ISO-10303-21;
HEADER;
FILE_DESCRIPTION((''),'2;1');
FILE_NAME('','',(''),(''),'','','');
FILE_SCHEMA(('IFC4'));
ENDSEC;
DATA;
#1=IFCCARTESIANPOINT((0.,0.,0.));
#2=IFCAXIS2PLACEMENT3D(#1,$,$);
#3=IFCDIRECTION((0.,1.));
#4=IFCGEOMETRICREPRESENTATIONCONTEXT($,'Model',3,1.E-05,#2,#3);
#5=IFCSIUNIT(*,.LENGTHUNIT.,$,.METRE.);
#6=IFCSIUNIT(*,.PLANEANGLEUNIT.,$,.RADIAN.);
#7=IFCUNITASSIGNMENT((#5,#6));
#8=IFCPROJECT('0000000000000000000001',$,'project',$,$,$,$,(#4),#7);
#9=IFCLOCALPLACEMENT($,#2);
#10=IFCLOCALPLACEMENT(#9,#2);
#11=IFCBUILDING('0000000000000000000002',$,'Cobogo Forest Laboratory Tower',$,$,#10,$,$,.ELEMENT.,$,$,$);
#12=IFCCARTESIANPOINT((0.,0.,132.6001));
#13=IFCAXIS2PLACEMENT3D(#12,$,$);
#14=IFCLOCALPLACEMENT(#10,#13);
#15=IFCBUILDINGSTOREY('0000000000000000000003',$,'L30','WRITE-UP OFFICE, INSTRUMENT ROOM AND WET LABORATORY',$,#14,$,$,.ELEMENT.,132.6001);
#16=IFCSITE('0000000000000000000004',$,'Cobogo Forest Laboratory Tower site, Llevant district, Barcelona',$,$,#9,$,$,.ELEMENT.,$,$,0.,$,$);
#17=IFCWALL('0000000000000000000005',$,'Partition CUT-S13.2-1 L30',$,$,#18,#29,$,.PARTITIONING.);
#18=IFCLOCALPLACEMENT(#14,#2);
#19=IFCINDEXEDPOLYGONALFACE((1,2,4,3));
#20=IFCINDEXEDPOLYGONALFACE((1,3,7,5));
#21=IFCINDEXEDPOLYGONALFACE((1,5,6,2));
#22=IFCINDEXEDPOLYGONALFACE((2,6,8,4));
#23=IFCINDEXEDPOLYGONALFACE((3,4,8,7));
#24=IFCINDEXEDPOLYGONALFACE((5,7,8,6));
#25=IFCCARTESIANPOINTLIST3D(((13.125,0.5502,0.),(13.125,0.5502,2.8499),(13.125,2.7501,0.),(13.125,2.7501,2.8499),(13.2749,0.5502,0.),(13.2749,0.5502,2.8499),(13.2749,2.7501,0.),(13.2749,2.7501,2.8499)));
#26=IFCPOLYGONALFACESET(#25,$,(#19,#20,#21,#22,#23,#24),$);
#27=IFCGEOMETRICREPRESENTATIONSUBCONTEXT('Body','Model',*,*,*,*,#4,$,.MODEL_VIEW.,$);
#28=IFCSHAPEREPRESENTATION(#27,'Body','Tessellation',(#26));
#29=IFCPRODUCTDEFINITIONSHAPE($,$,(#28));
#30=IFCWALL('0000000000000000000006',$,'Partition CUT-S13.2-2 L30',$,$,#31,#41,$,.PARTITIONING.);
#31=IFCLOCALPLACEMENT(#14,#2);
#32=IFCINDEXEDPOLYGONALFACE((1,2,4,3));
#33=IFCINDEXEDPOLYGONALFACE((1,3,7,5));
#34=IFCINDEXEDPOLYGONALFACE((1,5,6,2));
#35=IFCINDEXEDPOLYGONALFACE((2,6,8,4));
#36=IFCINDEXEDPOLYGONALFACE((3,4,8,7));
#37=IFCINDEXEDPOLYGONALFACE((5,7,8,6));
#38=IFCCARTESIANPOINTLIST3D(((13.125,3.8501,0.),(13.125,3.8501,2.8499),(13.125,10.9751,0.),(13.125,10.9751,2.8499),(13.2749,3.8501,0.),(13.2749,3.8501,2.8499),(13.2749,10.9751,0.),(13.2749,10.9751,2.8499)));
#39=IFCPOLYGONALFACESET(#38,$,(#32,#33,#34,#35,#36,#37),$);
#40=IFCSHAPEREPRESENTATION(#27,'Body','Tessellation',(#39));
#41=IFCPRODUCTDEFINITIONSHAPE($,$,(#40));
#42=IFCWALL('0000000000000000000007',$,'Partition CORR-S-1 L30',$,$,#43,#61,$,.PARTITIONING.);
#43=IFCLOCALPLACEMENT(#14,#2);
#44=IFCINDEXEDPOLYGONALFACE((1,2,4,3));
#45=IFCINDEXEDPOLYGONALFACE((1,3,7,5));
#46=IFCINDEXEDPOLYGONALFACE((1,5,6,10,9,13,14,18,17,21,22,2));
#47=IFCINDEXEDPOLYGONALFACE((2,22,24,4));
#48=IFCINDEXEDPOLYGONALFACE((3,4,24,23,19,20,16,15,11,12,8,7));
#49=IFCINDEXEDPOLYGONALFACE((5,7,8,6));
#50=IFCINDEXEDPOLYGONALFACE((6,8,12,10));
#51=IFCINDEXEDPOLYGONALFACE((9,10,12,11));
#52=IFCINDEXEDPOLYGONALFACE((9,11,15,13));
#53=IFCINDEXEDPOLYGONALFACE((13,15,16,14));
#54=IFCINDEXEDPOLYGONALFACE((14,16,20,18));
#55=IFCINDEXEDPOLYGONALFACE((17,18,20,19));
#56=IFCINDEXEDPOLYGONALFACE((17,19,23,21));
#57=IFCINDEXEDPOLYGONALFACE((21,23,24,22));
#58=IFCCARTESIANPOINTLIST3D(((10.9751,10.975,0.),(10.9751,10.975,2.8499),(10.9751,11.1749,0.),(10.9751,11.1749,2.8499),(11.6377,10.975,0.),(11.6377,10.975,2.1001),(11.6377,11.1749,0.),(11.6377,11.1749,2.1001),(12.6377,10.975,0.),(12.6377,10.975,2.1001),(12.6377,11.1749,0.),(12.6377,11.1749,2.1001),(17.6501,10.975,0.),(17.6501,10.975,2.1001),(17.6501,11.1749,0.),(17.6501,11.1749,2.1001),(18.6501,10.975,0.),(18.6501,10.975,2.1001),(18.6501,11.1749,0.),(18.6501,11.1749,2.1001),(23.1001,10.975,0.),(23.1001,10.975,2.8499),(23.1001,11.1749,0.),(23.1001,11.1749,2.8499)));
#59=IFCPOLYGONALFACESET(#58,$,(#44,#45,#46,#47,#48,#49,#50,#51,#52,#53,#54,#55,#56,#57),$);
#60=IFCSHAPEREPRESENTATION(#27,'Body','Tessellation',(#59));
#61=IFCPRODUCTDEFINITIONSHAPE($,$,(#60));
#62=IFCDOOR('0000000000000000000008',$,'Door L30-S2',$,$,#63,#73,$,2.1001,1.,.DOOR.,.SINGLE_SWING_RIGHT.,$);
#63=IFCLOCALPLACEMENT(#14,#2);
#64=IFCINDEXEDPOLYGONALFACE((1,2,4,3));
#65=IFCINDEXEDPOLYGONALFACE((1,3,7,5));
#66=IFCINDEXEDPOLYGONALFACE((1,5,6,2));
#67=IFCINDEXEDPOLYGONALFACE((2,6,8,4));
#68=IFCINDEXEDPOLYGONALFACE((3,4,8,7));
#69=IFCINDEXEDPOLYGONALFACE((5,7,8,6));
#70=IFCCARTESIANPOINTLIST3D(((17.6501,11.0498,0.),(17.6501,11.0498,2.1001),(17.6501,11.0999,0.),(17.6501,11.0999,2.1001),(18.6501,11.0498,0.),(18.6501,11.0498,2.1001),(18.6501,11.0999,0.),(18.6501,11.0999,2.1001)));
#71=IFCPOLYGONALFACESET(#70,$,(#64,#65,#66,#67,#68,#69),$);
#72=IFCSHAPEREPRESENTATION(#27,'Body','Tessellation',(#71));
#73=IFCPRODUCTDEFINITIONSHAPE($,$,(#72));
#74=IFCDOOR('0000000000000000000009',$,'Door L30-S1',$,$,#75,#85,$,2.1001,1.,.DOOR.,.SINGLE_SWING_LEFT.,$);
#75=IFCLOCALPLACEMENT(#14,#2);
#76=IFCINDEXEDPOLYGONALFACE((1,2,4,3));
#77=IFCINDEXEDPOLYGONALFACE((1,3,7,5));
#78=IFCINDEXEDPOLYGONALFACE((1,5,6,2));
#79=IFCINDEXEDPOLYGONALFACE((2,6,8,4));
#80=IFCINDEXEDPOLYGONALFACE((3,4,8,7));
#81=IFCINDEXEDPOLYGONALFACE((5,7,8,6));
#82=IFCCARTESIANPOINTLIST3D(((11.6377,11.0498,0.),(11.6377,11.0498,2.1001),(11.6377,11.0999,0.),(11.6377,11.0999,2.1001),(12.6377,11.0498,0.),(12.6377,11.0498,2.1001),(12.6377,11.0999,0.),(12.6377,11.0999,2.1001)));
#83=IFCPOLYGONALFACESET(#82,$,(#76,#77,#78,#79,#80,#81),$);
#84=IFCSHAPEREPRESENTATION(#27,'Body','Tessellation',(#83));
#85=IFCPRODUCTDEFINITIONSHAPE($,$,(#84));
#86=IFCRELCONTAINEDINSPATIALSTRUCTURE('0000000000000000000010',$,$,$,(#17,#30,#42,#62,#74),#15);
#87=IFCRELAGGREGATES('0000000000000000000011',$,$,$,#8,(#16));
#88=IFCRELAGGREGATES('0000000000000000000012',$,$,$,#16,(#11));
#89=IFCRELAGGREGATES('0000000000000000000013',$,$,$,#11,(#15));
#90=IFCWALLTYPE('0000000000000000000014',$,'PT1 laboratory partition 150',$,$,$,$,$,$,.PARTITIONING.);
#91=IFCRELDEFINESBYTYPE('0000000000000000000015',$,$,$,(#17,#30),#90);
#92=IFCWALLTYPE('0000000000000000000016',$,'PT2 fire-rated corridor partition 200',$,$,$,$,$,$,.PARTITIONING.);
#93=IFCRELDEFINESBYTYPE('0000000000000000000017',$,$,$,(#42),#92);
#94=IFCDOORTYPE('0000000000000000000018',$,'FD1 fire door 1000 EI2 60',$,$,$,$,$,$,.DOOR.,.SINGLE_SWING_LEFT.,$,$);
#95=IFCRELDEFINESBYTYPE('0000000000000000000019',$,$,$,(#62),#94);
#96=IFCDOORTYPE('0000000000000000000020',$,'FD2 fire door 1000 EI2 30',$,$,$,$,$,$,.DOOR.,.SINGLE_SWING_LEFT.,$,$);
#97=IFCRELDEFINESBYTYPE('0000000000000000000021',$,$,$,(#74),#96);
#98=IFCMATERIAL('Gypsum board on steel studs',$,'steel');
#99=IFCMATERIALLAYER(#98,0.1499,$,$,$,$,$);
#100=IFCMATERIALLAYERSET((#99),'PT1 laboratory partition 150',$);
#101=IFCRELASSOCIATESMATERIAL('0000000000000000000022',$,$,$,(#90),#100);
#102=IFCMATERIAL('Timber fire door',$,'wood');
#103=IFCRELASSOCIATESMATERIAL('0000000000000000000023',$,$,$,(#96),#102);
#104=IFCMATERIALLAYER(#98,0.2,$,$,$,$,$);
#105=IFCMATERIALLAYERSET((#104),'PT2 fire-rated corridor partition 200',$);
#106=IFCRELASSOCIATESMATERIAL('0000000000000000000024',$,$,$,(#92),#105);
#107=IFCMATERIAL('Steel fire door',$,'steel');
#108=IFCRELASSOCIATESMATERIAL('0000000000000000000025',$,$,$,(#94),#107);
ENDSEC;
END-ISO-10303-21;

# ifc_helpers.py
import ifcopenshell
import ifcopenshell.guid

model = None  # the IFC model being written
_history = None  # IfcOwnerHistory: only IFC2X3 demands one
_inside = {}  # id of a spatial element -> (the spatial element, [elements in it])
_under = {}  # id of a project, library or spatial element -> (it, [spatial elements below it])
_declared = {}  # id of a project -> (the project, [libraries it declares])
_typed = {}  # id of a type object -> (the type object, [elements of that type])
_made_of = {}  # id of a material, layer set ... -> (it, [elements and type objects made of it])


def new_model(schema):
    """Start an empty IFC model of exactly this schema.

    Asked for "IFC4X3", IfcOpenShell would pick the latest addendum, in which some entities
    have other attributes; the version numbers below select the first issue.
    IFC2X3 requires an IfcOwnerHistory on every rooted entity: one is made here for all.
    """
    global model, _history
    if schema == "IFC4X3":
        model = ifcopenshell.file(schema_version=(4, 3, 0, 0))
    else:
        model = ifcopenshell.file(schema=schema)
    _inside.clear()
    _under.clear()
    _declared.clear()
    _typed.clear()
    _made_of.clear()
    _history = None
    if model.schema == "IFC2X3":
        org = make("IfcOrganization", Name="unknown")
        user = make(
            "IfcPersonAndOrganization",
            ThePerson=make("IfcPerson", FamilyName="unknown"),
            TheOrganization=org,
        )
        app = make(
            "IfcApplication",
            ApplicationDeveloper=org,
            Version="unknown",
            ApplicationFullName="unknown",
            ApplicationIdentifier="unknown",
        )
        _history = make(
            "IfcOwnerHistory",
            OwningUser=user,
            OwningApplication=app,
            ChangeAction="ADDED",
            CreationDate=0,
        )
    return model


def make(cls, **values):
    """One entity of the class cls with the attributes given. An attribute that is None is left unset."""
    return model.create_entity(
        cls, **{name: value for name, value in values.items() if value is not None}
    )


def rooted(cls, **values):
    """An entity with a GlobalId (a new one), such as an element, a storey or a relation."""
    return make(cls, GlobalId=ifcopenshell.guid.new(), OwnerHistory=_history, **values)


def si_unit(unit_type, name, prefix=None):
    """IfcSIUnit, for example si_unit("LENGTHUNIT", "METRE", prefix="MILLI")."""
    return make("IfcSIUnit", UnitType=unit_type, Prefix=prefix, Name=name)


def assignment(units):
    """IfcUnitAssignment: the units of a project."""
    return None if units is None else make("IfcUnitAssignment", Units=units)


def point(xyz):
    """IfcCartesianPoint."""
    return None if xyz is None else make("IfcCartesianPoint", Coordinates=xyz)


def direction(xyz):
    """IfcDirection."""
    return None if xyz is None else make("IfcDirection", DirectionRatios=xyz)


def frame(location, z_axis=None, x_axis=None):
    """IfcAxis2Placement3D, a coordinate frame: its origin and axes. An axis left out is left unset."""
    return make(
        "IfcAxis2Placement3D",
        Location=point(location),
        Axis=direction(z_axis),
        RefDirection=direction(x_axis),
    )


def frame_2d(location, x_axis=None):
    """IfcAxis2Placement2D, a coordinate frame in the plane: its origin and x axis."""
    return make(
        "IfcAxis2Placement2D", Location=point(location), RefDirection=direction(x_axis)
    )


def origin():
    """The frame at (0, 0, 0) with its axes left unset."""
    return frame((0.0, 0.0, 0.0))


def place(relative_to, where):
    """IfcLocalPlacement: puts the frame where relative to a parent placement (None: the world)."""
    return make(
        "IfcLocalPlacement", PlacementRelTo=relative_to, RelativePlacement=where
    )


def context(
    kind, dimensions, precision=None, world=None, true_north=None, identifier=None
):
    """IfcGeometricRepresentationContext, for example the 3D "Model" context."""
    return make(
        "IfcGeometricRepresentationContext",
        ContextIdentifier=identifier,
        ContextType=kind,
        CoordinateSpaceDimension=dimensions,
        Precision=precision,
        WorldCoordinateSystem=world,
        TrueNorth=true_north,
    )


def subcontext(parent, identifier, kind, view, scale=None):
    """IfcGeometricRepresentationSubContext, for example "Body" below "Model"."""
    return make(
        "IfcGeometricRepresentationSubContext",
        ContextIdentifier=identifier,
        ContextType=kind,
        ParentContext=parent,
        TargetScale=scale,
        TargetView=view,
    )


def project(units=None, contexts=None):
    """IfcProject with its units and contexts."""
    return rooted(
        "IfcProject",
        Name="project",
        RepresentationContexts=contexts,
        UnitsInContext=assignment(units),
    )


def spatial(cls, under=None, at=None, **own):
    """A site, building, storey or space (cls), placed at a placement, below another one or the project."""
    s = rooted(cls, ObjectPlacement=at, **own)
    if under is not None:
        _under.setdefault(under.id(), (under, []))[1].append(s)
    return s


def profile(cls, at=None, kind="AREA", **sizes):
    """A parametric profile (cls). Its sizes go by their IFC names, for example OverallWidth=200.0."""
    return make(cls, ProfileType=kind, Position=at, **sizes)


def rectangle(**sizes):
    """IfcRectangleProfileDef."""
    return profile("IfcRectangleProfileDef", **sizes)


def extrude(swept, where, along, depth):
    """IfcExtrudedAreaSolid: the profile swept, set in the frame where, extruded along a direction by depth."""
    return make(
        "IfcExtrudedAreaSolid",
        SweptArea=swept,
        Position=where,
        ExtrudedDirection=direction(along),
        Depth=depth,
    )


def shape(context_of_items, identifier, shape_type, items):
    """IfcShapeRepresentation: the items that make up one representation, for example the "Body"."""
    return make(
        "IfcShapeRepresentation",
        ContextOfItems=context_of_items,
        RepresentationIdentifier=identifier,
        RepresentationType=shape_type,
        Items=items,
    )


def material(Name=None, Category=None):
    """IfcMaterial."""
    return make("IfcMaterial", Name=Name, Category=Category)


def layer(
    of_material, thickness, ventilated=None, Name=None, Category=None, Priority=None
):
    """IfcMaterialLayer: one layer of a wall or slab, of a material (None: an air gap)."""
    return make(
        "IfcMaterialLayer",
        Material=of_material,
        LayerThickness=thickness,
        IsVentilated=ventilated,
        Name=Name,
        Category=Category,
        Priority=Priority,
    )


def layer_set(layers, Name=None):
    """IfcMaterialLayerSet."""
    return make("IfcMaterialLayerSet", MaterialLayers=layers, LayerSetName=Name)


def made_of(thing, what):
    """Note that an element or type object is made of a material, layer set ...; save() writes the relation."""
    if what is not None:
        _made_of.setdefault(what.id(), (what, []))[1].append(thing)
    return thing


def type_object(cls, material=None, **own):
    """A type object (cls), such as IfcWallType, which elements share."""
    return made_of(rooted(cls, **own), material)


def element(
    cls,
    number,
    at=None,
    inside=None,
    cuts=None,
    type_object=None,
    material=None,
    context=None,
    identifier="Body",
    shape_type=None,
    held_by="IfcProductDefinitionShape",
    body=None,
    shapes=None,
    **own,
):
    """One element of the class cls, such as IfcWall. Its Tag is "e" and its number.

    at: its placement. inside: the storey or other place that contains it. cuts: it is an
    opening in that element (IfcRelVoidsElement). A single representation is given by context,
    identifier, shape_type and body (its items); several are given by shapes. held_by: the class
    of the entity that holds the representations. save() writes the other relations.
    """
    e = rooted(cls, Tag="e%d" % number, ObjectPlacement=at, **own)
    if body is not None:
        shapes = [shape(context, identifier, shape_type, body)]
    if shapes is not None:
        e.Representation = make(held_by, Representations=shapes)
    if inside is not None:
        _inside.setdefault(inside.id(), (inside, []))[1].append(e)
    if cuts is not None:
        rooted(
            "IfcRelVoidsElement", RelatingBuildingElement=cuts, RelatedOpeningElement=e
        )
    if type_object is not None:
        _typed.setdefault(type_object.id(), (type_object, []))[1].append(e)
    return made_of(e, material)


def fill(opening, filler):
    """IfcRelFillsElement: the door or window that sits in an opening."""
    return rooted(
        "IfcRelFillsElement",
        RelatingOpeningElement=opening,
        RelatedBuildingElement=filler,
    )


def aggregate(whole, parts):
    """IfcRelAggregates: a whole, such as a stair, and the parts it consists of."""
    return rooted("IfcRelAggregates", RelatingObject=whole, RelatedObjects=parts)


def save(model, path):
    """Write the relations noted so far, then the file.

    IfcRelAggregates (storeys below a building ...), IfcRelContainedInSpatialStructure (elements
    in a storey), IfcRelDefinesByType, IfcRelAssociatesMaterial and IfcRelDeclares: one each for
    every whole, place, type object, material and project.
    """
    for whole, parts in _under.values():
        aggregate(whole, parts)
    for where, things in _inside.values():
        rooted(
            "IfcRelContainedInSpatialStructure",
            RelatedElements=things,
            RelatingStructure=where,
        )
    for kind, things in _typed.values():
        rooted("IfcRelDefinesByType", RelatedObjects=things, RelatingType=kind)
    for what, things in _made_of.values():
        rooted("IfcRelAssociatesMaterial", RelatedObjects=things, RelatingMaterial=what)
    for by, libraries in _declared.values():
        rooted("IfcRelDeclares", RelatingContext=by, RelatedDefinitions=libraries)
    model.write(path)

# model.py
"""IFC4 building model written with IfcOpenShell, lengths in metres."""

from ifc_helpers import new_model, si_unit, direction, frame, frame_2d, origin, place, context, subcontext, project, spatial, rectangle, extrude, material, layer, layer_set, type_object, element, fill, save


model = new_model("IFC4")

# Units and contexts
model_context = context("Model", 3, precision=1e-05, world=origin(), true_north=direction((0.0, 1.0)))
body_context = subcontext(model_context, "Body", "Model", "MODEL_VIEW")
ifc_project = project(units=[si_unit("LENGTHUNIT", "METRE"), si_unit("PLANEANGLEUNIT", "RADIAN")], contexts=[model_context])

# Site, building, storey
site_placement = place(None, origin())
site = spatial("IfcSite", under=ifc_project, at=site_placement, Name="Cobogo Forest Laboratory Tower site, Llevant district, Barcelona", CompositionType="ELEMENT", RefElevation=0.0)
building_placement = place(site_placement, origin())
building = spatial("IfcBuilding", under=site, at=building_placement, Name="Cobogo Forest Laboratory Tower", CompositionType="ELEMENT")
storey_placement = place(building_placement, frame((0.0, 0.0, 132.6001)))
storey = spatial("IfcBuildingStorey", under=building, at=storey_placement, Name="L30", Description="WRITE-UP OFFICE, INSTRUMENT ROOM AND WET LABORATORY", CompositionType="ELEMENT", Elevation=132.6001)

# Shared definitions
ifc_material_1 = material(Name="Gypsum board on steel studs", Category="steel")
ifc_layer_1 = layer(ifc_material_1, 0.1499)
ifc_layer_set_1 = layer_set([ifc_layer_1], Name="PT1 laboratory partition 150")
wall_type_1 = type_object("IfcWallType", Name="PT1 laboratory partition 150", PredefinedType="PARTITIONING", material=ifc_layer_set_1)
ifc_material_2 = material(Name="Timber fire door", Category="wood")
door_type_1 = type_object("IfcDoorType", Name="FD2 fire door 1000 EI2 30", OperationType="SINGLE_SWING_LEFT", PredefinedType="DOOR", material=ifc_material_2)

# Walls
wall_1_placement = place(storey_placement, frame((13.2, 0.55, 0.0), z_axis=(0.0, 0.0, 1.0), x_axis=(0.0, 1.0, 0.0)))
element("IfcWall", 1, at=wall_1_placement, inside=storey, type_object=wall_type_1, Name="Partition CUT-S13.2-1 L30", PredefinedType="PARTITIONING", context=body_context, shape_type="SweptSolid", body=[
    extrude(rectangle(XDim=2.2, YDim=0.1499, at=frame_2d((1.1001, 0.0))), origin(), (0.0, 0.0, 1.0), 2.8499),
])
wall_2_placement = place(storey_placement, frame((13.2, 3.8501, 0.0), z_axis=(0.0, 0.0, 1.0), x_axis=(0.0, 1.0, 0.0)))
element("IfcWall", 2, at=wall_2_placement, inside=storey, type_object=wall_type_1, Name="Partition CUT-S13.2-2 L30", PredefinedType="PARTITIONING", context=body_context, shape_type="SweptSolid", body=[
    extrude(rectangle(XDim=7.125, YDim=0.1499, at=frame_2d((3.5625, 0.0))), origin(), (0.0, 0.0, 1.0), 2.8499),
])

# Wall, openings, doors
ifc_layer_2 = layer(ifc_material_1, 0.2)
ifc_layer_set_2 = layer_set([ifc_layer_2], Name="PT2 fire-rated corridor partition 200")
wall_type_2 = type_object("IfcWallType", Name="PT2 fire-rated corridor partition 200", PredefinedType="PARTITIONING", material=ifc_layer_set_2)
wall_3_placement = place(storey_placement, frame((10.9751, 11.075, 0.0), z_axis=(0.0, 0.0, 1.0), x_axis=(1.0, 0.0, 0.0)))
wall_3 = element("IfcWall", 3, at=wall_3_placement, inside=storey, type_object=wall_type_2, Name="Partition CORR-S-1 L30", PredefinedType="PARTITIONING", context=body_context, shape_type="SweptSolid", body=[
    extrude(rectangle(XDim=12.125, YDim=0.2, at=frame_2d((6.0625, 0.0))), origin(), (0.0, 0.0, 1.0), 2.8499),
])
opening_1_placement = place(wall_3_placement, frame((0.6626, 0.0, 0.0)))
opening_1 = element("IfcOpeningElement", 4, at=opening_1_placement, cuts=wall_3, PredefinedType="OPENING", context=body_context, shape_type="SweptSolid", body=[
    extrude(rectangle(XDim=1.0, YDim=2.1001, at=frame_2d((0.5, 1.05))), frame((0.0, 0.1099, 0.0), z_axis=(0.0, -1.0, 0.0), x_axis=(1.0, 0.0, 0.0)), (0.0, 0.0, 1.0), 0.22),
])
opening_2_placement = place(wall_3_placement, frame((6.675, 0.0, 0.0)))
opening_2 = element("IfcOpeningElement", 5, at=opening_2_placement, cuts=wall_3, PredefinedType="OPENING", context=body_context, shape_type="SweptSolid", body=[
    extrude(rectangle(XDim=1.0, YDim=2.1001, at=frame_2d((0.5, 1.05))), frame((0.0, 0.1099, 0.0), z_axis=(0.0, -1.0, 0.0), x_axis=(1.0, 0.0, 0.0)), (0.0, 0.0, 1.0), 0.22),
])
ifc_material_3 = material(Name="Steel fire door", Category="steel")
door_type_2 = type_object("IfcDoorType", Name="FD1 fire door 1000 EI2 60", OperationType="SINGLE_SWING_LEFT", PredefinedType="DOOR", material=ifc_material_3)
door_1_placement = place(opening_2_placement, origin())
door_1 = element("IfcDoor", 6, at=door_1_placement, inside=storey, type_object=door_type_2, Name="Door L30-S2", OperationType="SINGLE_SWING_RIGHT", OverallHeight=2.1001, OverallWidth=1.0, PredefinedType="DOOR", context=body_context, shape_type="SweptSolid", body=[
    extrude(rectangle(XDim=1.0, YDim=2.1001, at=frame_2d((0.5, 1.05))), frame((0.0, 0.0249, 0.0), z_axis=(0.0, -1.0, 0.0), x_axis=(1.0, 0.0, 0.0)), (0.0, 0.0, 1.0), 0.05),
])
fill(opening_2, door_1)
door_2_placement = place(opening_1_placement, origin())
door_2 = element("IfcDoor", 7, at=door_2_placement, inside=storey, type_object=door_type_1, Name="Door L30-S1", OperationType="SINGLE_SWING_LEFT", OverallHeight=2.1001, OverallWidth=1.0, PredefinedType="DOOR", context=body_context, shape_type="SweptSolid", body=[
    extrude(rectangle(XDim=1.0, YDim=2.1001, at=frame_2d((0.5, 1.05))), frame((0.0, 0.0249, 0.0), z_axis=(0.0, -1.0, 0.0), x_axis=(1.0, 0.0, 0.0)), (0.0, 0.0, 1.0), 0.05),
])
fill(opening_1, door_2)

save(model, "model.ifc")
